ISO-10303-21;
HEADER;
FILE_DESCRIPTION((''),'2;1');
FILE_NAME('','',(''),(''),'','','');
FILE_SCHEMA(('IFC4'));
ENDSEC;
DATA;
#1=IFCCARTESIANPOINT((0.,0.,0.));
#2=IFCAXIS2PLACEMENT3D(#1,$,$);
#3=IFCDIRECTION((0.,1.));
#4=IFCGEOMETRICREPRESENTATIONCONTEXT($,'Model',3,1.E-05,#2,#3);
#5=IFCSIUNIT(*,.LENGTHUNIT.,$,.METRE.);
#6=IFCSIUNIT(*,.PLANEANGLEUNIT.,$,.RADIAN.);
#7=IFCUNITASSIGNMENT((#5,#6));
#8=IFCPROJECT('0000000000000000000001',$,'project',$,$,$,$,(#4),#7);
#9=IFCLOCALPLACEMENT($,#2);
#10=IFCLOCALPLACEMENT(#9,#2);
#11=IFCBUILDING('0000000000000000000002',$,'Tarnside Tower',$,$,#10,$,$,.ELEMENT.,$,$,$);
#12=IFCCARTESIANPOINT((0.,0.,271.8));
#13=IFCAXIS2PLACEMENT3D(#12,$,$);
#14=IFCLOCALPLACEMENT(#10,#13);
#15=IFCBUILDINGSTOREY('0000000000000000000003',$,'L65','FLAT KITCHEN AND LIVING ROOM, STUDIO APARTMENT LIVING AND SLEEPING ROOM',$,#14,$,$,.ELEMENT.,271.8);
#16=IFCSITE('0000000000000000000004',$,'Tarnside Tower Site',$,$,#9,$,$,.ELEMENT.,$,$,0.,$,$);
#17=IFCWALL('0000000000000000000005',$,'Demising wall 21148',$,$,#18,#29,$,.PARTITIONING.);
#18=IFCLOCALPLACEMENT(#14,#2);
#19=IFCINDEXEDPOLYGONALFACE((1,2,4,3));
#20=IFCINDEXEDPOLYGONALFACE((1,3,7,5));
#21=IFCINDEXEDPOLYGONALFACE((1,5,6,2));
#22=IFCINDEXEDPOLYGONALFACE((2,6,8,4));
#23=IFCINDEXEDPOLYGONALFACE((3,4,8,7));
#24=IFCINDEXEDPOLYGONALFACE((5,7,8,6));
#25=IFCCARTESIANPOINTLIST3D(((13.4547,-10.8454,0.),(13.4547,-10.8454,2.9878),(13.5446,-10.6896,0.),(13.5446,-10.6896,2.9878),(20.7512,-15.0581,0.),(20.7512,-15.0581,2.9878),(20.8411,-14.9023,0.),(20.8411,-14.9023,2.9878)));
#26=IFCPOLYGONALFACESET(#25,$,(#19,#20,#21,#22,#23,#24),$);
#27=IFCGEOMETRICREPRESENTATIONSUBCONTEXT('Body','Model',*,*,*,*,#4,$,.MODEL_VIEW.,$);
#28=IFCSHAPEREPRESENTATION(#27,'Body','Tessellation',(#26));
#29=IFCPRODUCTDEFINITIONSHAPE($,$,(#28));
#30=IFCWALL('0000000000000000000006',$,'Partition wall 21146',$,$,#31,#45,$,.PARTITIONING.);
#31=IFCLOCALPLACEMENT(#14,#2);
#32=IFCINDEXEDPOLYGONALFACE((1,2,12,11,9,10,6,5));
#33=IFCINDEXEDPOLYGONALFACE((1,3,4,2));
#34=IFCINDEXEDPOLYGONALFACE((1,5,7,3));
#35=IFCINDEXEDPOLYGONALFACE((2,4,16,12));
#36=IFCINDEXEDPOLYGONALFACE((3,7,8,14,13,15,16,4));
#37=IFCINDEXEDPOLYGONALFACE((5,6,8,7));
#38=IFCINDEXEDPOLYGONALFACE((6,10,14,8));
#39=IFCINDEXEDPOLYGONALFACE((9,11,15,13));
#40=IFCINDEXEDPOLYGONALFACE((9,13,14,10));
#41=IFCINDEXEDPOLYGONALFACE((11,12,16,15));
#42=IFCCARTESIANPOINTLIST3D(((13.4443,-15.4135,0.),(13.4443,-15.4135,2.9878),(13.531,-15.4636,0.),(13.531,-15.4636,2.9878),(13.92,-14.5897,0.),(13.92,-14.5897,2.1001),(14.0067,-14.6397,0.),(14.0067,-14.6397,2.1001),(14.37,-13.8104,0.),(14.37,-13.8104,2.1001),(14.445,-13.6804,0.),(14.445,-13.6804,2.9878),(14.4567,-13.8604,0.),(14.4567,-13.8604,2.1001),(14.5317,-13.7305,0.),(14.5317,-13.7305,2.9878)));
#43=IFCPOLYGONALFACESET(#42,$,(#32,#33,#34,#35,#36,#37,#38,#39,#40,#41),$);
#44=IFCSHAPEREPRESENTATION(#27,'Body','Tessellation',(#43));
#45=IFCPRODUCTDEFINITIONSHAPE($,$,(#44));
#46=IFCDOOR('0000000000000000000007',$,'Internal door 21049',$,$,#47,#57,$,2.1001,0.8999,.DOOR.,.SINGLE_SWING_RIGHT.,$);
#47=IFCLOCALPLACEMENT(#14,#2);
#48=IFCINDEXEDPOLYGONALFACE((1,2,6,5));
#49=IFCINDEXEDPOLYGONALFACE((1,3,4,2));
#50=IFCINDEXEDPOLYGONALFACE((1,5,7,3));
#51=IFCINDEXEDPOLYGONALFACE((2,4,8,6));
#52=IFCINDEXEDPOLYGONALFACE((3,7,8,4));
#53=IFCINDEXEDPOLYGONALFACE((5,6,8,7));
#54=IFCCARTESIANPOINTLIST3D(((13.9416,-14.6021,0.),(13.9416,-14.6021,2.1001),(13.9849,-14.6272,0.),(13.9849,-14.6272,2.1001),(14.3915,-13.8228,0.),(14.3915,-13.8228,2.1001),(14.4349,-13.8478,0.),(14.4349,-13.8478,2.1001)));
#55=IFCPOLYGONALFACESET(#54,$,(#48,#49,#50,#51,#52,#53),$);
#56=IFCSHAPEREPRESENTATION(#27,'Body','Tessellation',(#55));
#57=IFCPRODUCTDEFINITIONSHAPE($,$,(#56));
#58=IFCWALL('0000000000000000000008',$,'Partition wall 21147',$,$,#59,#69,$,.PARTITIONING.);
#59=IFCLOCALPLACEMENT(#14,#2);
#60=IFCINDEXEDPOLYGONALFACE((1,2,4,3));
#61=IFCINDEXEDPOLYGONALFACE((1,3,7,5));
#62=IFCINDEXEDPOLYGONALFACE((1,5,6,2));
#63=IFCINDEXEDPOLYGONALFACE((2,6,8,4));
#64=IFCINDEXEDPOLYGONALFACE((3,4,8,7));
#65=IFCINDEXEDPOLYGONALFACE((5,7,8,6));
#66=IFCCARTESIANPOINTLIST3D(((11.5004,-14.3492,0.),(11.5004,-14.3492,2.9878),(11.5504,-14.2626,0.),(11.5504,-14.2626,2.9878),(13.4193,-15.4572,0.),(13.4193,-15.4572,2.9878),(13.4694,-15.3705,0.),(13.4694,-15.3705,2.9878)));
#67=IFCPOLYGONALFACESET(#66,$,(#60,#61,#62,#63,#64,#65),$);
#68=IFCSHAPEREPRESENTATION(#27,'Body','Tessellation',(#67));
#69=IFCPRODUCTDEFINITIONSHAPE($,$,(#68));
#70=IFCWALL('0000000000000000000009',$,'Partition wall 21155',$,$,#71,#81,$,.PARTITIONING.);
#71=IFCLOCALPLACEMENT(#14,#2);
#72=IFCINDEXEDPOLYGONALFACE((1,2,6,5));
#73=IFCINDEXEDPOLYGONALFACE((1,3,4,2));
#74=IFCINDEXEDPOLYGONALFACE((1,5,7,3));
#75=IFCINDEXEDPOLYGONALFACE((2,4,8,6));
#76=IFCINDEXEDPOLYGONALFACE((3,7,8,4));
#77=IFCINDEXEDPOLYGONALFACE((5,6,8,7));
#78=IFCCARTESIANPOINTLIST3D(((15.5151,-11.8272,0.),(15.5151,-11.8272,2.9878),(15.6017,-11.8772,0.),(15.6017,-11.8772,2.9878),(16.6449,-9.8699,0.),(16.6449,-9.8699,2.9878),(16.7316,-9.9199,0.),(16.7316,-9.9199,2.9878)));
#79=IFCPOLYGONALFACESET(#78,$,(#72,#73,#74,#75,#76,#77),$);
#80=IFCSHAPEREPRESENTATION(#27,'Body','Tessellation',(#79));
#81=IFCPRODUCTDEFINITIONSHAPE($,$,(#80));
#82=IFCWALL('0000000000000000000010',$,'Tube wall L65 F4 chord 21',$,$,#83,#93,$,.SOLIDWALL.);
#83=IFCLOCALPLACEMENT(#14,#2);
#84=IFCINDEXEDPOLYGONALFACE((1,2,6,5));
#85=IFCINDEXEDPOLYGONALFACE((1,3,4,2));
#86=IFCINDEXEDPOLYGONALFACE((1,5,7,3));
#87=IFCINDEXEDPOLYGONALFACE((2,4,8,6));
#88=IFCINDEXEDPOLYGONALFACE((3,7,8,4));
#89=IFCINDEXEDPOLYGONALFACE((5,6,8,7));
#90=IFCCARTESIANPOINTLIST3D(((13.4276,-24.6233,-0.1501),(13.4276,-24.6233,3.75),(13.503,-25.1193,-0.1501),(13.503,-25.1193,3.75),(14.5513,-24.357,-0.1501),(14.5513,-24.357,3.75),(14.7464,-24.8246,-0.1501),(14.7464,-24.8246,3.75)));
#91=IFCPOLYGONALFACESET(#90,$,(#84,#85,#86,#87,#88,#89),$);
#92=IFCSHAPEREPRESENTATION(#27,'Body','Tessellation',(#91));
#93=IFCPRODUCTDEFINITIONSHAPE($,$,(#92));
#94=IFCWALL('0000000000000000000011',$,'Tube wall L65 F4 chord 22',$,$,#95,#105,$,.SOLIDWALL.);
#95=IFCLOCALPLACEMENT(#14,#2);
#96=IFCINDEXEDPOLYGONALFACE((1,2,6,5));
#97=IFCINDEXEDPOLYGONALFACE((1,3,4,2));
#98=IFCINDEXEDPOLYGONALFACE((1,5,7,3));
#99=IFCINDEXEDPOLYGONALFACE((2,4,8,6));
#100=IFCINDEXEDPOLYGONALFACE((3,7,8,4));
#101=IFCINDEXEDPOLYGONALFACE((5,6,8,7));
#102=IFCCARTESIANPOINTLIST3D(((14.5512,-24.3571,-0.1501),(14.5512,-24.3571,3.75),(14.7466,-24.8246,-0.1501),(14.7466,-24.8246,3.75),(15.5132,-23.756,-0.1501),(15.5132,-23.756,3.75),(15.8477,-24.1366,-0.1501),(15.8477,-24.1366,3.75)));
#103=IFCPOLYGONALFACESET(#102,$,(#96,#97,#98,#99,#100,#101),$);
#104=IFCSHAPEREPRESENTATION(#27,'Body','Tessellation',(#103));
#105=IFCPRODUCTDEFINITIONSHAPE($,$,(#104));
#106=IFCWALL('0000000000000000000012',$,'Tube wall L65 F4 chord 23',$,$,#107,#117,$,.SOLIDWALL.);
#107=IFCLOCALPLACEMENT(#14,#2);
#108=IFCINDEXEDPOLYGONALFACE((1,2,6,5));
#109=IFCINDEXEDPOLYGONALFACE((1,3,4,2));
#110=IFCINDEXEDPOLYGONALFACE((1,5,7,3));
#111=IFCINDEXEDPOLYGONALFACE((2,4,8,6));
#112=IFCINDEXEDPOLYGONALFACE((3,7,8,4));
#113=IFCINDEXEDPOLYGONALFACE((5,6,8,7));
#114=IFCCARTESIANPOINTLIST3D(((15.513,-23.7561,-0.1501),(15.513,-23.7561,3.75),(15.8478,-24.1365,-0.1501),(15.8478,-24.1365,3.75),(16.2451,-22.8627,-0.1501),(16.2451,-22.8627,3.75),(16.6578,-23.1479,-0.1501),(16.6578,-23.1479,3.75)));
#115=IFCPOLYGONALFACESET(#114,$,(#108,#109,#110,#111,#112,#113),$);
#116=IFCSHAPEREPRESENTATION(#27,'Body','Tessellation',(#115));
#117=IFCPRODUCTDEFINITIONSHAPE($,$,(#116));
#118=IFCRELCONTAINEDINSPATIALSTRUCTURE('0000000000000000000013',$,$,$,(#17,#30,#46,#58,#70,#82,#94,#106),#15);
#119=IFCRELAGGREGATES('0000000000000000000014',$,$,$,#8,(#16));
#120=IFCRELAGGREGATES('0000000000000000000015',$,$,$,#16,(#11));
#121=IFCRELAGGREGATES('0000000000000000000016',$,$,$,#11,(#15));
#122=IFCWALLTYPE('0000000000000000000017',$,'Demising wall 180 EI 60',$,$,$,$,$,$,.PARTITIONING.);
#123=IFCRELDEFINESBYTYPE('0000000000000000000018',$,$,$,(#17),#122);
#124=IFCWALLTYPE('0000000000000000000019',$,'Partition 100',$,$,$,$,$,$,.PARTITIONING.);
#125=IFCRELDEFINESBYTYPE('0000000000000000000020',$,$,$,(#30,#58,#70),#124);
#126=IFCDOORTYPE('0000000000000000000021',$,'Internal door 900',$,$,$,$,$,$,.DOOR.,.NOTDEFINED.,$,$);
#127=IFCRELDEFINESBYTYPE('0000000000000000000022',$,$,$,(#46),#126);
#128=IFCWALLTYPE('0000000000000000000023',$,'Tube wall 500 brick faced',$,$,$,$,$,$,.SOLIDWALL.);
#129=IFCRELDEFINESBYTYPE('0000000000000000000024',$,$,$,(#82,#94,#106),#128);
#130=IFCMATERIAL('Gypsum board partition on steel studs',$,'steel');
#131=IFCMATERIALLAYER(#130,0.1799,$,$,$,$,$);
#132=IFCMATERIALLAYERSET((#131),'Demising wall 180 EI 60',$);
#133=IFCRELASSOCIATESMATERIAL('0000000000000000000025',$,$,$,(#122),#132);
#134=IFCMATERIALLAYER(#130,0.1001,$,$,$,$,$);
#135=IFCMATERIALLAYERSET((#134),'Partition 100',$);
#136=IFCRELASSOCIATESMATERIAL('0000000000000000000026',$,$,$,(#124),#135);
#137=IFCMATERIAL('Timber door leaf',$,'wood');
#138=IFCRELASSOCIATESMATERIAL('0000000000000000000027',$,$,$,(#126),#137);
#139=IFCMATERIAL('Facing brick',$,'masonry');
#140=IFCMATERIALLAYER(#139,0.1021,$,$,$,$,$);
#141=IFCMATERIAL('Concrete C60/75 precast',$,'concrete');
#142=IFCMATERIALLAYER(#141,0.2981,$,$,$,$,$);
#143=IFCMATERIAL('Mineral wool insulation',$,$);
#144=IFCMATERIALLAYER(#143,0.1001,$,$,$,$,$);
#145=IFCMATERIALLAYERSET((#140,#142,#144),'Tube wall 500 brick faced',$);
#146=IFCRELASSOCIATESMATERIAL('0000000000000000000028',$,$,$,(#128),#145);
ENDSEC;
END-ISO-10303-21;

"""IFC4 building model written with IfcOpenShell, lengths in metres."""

from ifc_helpers import new_model, si_unit, direction, frame, frame_2d, origin, place, context, subcontext, project, spatial, polyline, rectangle, outline, extrude, material, layer, layer_set, type_object, element, fill, save


model = new_model("IFC4")

# Units and contexts
model_context = context("Model", 3, precision=1e-05, world=origin(), true_north=direction((0.0, 1.0)))
body_context = subcontext(model_context, "Body", "Model", "MODEL_VIEW")
ifc_project = project(units=[si_unit("LENGTHUNIT", "METRE"), si_unit("PLANEANGLEUNIT", "RADIAN")], contexts=[model_context])

# Site, building, storey
site_placement = place(None, origin())
site = spatial("IfcSite", under=ifc_project, at=site_placement, Name="Tarnside Tower Site", CompositionType="ELEMENT", RefElevation=0.0)
building_placement = place(site_placement, origin())
building = spatial("IfcBuilding", under=site, at=building_placement, Name="Tarnside Tower", CompositionType="ELEMENT")
storey_placement = place(building_placement, frame((0.0, 0.0, 271.8)))
storey = spatial("IfcBuildingStorey", under=building, at=storey_placement, Name="L65", Description="FLAT KITCHEN AND LIVING ROOM, STUDIO APARTMENT LIVING AND SLEEPING ROOM", CompositionType="ELEMENT", Elevation=271.8)

# Shared definitions
ifc_material_1 = material(Name="Gypsum board partition on steel studs", Category="steel")
ifc_material_2 = material(Name="Timber door leaf", Category="wood")

# Wall
ifc_layer_1 = layer(ifc_material_1, 0.1799)
ifc_layer_set_1 = layer_set([ifc_layer_1], Name="Demising wall 180 EI 60")
wall_type_1 = type_object("IfcWallType", Name="Demising wall 180 EI 60", PredefinedType="PARTITIONING", material=ifc_layer_set_1)
wall_1_placement = place(storey_placement, frame((20.7961, -14.9802, 0.0), z_axis=(0.0, 0.0, 1.0), x_axis=(-0.866022, 0.500007, 0.0)))
element("IfcWall", 1, at=wall_1_placement, inside=storey, type_object=wall_type_1, Name="Demising wall 21148", PredefinedType="PARTITIONING", context=body_context, shape_type="SweptSolid", body=[
    extrude(rectangle(XDim=8.4253, YDim=0.1799, at=frame_2d((4.2126, 0.0))), origin(), (0.0, 0.0, 1.0), 2.9878),
])

# Wall, opening, door
ifc_layer_2 = layer(ifc_material_1, 0.1001)
ifc_layer_set_2 = layer_set([ifc_layer_2], Name="Partition 100")
wall_type_2 = type_object("IfcWallType", Name="Partition 100", PredefinedType="PARTITIONING", material=ifc_layer_set_2)
wall_2_placement = place(storey_placement, frame((14.4883, -13.7056, 0.0), z_axis=(0.0, 0.0, 1.0), x_axis=(-0.500036, -0.866005, 0.0)))
wall_2 = element("IfcWall", 2, at=wall_2_placement, inside=storey, type_object=wall_type_2, Name="Partition wall 21146", PredefinedType="PARTITIONING", context=body_context, shape_type="SweptSolid", body=[
    extrude(rectangle(XDim=2.0012, YDim=0.1001, at=frame_2d((1.0005, 0.0))), origin(), (0.0, 0.0, 1.0), 2.9878),
])
opening_1_placement = place(wall_2_placement, frame((0.1499, 0.0, 0.0)))
opening_1 = element("IfcOpeningElement", 3, at=opening_1_placement, cuts=wall_2, PredefinedType="OPENING", context=body_context, shape_type="SweptSolid", body=[
    extrude(rectangle(XDim=0.8999, YDim=2.1001, at=frame_2d((0.45, 1.05))), frame((0.0, 0.0601, 0.0), z_axis=(0.0, -1.0, 0.0), x_axis=(1.0, 0.0, 0.0)), (0.0, 0.0, 1.0), 0.1201),
])
door_type_1 = type_object("IfcDoorType", Name="Internal door 900", OperationType="NOTDEFINED", PredefinedType="DOOR", material=ifc_material_2)
door_1_placement = place(opening_1_placement, origin())
door_1 = element("IfcDoor", 4, at=door_1_placement, inside=storey, type_object=door_type_1, Name="Internal door 21049", OperationType="SINGLE_SWING_RIGHT", OverallHeight=2.1001, OverallWidth=0.8999, PredefinedType="DOOR", context=body_context, shape_type="SweptSolid", body=[
    extrude(rectangle(XDim=0.8999, YDim=2.1001, at=frame_2d((0.45, 1.05))), frame((0.0, 0.0249, 0.0), z_axis=(0.0, -1.0, 0.0), x_axis=(1.0, 0.0, 0.0)), (0.0, 0.0, 1.0), 0.05),
])
fill(opening_1, door_1)

# Walls
wall_3_placement = place(storey_placement, frame((13.4443, -15.4138, 0.0), z_axis=(0.0, 0.0, 1.0), x_axis=(-0.866024, 0.500002, 0.0)))
element("IfcWall", 5, at=wall_3_placement, inside=storey, type_object=wall_type_2, Name="Partition wall 21147", PredefinedType="PARTITIONING", context=body_context, shape_type="SweptSolid", body=[
    extrude(rectangle(XDim=2.2158, YDim=0.1001, at=frame_2d((1.1079, 0.0))), origin(), (0.0, 0.0, 1.0), 2.9878),
])
wall_4_placement = place(storey_placement, frame((16.6882, -9.895, 0.0), z_axis=(0.0, 0.0, 1.0), x_axis=(-0.49995, -0.866054, 0.0)))
element("IfcWall", 6, at=wall_4_placement, inside=storey, type_object=wall_type_2, Name="Partition wall 21155", PredefinedType="PARTITIONING", context=body_context, shape_type="SweptSolid", body=[
    extrude(rectangle(XDim=2.26, YDim=0.1001, at=frame_2d((1.1299, 0.0))), origin(), (0.0, 0.0, 1.0), 2.9878),
])
ifc_material_3 = material(Name="Facing brick", Category="masonry")
ifc_layer_3 = layer(ifc_material_3, 0.1021)
ifc_material_4 = material(Name="Concrete C60/75 precast", Category="concrete")
ifc_layer_4 = layer(ifc_material_4, 0.2981)
ifc_material_5 = material(Name="Mineral wool insulation")
ifc_layer_5 = layer(ifc_material_5, 0.1001)
ifc_layer_set_3 = layer_set([ifc_layer_3, ifc_layer_4, ifc_layer_5], Name="Tube wall 500 brick faced")
wall_type_3 = type_object("IfcWallType", Name="Tube wall 500 brick faced", PredefinedType="SOLIDWALL", material=ifc_layer_set_3)
wall_5_placement = place(storey_placement, frame((13.4653, -24.8713, -0.1501), z_axis=(0.0, 0.0, 1.0), x_axis=(0.973045, 0.230616, 0.0)))
element("IfcWall", 7, at=wall_5_placement, inside=storey, type_object=wall_type_3, Name="Tube wall L65 F4 chord 21", PredefinedType="SOLIDWALL", context=body_context, shape_type="SweptSolid", body=[
    extrude(outline(polyline([(-0.0205, -0.25), (1.2573, -0.25), (1.1753, 0.25), (0.0205, 0.25), (-0.0205, -0.25)])), origin(), (0.0, 0.0, 1.0), 3.9001),
])
wall_6_placement = place(storey_placement, frame((14.6489, -24.5908, -0.1501), z_axis=(0.0, 0.0, 1.0), x_axis=(0.848055, 0.529909, 0.0)))
element("IfcWall", 8, at=wall_6_placement, inside=storey, type_object=wall_type_3, Name="Tube wall L65 F4 chord 22", PredefinedType="SOLIDWALL", context=body_context, shape_type="SweptSolid", body=[
    extrude(outline(polyline([(-0.041, -0.25), (1.2573, -0.25), (1.1753, 0.25), (0.041, 0.25), (-0.041, -0.25)])), origin(), (0.0, 0.0, 1.0), 3.9001),
])
wall_7_placement = place(storey_placement, frame((15.6804, -23.9463, -0.1501), z_axis=(0.0, 0.0, 1.0), x_axis=(0.633806, 0.773492, 0.0)))
element("IfcWall", 9, at=wall_7_placement, inside=storey, type_object=wall_type_3, Name="Tube wall L65 F4 chord 23", PredefinedType="SOLIDWALL", context=body_context, shape_type="SweptSolid", body=[
    extrude(outline(polyline([(-0.041, -0.25), (1.2371, -0.25), (1.196, 0.25), (0.041, 0.25), (-0.041, -0.25)])), origin(), (0.0, 0.0, 1.0), 3.9001),
])

save(model, "model.ifc")
